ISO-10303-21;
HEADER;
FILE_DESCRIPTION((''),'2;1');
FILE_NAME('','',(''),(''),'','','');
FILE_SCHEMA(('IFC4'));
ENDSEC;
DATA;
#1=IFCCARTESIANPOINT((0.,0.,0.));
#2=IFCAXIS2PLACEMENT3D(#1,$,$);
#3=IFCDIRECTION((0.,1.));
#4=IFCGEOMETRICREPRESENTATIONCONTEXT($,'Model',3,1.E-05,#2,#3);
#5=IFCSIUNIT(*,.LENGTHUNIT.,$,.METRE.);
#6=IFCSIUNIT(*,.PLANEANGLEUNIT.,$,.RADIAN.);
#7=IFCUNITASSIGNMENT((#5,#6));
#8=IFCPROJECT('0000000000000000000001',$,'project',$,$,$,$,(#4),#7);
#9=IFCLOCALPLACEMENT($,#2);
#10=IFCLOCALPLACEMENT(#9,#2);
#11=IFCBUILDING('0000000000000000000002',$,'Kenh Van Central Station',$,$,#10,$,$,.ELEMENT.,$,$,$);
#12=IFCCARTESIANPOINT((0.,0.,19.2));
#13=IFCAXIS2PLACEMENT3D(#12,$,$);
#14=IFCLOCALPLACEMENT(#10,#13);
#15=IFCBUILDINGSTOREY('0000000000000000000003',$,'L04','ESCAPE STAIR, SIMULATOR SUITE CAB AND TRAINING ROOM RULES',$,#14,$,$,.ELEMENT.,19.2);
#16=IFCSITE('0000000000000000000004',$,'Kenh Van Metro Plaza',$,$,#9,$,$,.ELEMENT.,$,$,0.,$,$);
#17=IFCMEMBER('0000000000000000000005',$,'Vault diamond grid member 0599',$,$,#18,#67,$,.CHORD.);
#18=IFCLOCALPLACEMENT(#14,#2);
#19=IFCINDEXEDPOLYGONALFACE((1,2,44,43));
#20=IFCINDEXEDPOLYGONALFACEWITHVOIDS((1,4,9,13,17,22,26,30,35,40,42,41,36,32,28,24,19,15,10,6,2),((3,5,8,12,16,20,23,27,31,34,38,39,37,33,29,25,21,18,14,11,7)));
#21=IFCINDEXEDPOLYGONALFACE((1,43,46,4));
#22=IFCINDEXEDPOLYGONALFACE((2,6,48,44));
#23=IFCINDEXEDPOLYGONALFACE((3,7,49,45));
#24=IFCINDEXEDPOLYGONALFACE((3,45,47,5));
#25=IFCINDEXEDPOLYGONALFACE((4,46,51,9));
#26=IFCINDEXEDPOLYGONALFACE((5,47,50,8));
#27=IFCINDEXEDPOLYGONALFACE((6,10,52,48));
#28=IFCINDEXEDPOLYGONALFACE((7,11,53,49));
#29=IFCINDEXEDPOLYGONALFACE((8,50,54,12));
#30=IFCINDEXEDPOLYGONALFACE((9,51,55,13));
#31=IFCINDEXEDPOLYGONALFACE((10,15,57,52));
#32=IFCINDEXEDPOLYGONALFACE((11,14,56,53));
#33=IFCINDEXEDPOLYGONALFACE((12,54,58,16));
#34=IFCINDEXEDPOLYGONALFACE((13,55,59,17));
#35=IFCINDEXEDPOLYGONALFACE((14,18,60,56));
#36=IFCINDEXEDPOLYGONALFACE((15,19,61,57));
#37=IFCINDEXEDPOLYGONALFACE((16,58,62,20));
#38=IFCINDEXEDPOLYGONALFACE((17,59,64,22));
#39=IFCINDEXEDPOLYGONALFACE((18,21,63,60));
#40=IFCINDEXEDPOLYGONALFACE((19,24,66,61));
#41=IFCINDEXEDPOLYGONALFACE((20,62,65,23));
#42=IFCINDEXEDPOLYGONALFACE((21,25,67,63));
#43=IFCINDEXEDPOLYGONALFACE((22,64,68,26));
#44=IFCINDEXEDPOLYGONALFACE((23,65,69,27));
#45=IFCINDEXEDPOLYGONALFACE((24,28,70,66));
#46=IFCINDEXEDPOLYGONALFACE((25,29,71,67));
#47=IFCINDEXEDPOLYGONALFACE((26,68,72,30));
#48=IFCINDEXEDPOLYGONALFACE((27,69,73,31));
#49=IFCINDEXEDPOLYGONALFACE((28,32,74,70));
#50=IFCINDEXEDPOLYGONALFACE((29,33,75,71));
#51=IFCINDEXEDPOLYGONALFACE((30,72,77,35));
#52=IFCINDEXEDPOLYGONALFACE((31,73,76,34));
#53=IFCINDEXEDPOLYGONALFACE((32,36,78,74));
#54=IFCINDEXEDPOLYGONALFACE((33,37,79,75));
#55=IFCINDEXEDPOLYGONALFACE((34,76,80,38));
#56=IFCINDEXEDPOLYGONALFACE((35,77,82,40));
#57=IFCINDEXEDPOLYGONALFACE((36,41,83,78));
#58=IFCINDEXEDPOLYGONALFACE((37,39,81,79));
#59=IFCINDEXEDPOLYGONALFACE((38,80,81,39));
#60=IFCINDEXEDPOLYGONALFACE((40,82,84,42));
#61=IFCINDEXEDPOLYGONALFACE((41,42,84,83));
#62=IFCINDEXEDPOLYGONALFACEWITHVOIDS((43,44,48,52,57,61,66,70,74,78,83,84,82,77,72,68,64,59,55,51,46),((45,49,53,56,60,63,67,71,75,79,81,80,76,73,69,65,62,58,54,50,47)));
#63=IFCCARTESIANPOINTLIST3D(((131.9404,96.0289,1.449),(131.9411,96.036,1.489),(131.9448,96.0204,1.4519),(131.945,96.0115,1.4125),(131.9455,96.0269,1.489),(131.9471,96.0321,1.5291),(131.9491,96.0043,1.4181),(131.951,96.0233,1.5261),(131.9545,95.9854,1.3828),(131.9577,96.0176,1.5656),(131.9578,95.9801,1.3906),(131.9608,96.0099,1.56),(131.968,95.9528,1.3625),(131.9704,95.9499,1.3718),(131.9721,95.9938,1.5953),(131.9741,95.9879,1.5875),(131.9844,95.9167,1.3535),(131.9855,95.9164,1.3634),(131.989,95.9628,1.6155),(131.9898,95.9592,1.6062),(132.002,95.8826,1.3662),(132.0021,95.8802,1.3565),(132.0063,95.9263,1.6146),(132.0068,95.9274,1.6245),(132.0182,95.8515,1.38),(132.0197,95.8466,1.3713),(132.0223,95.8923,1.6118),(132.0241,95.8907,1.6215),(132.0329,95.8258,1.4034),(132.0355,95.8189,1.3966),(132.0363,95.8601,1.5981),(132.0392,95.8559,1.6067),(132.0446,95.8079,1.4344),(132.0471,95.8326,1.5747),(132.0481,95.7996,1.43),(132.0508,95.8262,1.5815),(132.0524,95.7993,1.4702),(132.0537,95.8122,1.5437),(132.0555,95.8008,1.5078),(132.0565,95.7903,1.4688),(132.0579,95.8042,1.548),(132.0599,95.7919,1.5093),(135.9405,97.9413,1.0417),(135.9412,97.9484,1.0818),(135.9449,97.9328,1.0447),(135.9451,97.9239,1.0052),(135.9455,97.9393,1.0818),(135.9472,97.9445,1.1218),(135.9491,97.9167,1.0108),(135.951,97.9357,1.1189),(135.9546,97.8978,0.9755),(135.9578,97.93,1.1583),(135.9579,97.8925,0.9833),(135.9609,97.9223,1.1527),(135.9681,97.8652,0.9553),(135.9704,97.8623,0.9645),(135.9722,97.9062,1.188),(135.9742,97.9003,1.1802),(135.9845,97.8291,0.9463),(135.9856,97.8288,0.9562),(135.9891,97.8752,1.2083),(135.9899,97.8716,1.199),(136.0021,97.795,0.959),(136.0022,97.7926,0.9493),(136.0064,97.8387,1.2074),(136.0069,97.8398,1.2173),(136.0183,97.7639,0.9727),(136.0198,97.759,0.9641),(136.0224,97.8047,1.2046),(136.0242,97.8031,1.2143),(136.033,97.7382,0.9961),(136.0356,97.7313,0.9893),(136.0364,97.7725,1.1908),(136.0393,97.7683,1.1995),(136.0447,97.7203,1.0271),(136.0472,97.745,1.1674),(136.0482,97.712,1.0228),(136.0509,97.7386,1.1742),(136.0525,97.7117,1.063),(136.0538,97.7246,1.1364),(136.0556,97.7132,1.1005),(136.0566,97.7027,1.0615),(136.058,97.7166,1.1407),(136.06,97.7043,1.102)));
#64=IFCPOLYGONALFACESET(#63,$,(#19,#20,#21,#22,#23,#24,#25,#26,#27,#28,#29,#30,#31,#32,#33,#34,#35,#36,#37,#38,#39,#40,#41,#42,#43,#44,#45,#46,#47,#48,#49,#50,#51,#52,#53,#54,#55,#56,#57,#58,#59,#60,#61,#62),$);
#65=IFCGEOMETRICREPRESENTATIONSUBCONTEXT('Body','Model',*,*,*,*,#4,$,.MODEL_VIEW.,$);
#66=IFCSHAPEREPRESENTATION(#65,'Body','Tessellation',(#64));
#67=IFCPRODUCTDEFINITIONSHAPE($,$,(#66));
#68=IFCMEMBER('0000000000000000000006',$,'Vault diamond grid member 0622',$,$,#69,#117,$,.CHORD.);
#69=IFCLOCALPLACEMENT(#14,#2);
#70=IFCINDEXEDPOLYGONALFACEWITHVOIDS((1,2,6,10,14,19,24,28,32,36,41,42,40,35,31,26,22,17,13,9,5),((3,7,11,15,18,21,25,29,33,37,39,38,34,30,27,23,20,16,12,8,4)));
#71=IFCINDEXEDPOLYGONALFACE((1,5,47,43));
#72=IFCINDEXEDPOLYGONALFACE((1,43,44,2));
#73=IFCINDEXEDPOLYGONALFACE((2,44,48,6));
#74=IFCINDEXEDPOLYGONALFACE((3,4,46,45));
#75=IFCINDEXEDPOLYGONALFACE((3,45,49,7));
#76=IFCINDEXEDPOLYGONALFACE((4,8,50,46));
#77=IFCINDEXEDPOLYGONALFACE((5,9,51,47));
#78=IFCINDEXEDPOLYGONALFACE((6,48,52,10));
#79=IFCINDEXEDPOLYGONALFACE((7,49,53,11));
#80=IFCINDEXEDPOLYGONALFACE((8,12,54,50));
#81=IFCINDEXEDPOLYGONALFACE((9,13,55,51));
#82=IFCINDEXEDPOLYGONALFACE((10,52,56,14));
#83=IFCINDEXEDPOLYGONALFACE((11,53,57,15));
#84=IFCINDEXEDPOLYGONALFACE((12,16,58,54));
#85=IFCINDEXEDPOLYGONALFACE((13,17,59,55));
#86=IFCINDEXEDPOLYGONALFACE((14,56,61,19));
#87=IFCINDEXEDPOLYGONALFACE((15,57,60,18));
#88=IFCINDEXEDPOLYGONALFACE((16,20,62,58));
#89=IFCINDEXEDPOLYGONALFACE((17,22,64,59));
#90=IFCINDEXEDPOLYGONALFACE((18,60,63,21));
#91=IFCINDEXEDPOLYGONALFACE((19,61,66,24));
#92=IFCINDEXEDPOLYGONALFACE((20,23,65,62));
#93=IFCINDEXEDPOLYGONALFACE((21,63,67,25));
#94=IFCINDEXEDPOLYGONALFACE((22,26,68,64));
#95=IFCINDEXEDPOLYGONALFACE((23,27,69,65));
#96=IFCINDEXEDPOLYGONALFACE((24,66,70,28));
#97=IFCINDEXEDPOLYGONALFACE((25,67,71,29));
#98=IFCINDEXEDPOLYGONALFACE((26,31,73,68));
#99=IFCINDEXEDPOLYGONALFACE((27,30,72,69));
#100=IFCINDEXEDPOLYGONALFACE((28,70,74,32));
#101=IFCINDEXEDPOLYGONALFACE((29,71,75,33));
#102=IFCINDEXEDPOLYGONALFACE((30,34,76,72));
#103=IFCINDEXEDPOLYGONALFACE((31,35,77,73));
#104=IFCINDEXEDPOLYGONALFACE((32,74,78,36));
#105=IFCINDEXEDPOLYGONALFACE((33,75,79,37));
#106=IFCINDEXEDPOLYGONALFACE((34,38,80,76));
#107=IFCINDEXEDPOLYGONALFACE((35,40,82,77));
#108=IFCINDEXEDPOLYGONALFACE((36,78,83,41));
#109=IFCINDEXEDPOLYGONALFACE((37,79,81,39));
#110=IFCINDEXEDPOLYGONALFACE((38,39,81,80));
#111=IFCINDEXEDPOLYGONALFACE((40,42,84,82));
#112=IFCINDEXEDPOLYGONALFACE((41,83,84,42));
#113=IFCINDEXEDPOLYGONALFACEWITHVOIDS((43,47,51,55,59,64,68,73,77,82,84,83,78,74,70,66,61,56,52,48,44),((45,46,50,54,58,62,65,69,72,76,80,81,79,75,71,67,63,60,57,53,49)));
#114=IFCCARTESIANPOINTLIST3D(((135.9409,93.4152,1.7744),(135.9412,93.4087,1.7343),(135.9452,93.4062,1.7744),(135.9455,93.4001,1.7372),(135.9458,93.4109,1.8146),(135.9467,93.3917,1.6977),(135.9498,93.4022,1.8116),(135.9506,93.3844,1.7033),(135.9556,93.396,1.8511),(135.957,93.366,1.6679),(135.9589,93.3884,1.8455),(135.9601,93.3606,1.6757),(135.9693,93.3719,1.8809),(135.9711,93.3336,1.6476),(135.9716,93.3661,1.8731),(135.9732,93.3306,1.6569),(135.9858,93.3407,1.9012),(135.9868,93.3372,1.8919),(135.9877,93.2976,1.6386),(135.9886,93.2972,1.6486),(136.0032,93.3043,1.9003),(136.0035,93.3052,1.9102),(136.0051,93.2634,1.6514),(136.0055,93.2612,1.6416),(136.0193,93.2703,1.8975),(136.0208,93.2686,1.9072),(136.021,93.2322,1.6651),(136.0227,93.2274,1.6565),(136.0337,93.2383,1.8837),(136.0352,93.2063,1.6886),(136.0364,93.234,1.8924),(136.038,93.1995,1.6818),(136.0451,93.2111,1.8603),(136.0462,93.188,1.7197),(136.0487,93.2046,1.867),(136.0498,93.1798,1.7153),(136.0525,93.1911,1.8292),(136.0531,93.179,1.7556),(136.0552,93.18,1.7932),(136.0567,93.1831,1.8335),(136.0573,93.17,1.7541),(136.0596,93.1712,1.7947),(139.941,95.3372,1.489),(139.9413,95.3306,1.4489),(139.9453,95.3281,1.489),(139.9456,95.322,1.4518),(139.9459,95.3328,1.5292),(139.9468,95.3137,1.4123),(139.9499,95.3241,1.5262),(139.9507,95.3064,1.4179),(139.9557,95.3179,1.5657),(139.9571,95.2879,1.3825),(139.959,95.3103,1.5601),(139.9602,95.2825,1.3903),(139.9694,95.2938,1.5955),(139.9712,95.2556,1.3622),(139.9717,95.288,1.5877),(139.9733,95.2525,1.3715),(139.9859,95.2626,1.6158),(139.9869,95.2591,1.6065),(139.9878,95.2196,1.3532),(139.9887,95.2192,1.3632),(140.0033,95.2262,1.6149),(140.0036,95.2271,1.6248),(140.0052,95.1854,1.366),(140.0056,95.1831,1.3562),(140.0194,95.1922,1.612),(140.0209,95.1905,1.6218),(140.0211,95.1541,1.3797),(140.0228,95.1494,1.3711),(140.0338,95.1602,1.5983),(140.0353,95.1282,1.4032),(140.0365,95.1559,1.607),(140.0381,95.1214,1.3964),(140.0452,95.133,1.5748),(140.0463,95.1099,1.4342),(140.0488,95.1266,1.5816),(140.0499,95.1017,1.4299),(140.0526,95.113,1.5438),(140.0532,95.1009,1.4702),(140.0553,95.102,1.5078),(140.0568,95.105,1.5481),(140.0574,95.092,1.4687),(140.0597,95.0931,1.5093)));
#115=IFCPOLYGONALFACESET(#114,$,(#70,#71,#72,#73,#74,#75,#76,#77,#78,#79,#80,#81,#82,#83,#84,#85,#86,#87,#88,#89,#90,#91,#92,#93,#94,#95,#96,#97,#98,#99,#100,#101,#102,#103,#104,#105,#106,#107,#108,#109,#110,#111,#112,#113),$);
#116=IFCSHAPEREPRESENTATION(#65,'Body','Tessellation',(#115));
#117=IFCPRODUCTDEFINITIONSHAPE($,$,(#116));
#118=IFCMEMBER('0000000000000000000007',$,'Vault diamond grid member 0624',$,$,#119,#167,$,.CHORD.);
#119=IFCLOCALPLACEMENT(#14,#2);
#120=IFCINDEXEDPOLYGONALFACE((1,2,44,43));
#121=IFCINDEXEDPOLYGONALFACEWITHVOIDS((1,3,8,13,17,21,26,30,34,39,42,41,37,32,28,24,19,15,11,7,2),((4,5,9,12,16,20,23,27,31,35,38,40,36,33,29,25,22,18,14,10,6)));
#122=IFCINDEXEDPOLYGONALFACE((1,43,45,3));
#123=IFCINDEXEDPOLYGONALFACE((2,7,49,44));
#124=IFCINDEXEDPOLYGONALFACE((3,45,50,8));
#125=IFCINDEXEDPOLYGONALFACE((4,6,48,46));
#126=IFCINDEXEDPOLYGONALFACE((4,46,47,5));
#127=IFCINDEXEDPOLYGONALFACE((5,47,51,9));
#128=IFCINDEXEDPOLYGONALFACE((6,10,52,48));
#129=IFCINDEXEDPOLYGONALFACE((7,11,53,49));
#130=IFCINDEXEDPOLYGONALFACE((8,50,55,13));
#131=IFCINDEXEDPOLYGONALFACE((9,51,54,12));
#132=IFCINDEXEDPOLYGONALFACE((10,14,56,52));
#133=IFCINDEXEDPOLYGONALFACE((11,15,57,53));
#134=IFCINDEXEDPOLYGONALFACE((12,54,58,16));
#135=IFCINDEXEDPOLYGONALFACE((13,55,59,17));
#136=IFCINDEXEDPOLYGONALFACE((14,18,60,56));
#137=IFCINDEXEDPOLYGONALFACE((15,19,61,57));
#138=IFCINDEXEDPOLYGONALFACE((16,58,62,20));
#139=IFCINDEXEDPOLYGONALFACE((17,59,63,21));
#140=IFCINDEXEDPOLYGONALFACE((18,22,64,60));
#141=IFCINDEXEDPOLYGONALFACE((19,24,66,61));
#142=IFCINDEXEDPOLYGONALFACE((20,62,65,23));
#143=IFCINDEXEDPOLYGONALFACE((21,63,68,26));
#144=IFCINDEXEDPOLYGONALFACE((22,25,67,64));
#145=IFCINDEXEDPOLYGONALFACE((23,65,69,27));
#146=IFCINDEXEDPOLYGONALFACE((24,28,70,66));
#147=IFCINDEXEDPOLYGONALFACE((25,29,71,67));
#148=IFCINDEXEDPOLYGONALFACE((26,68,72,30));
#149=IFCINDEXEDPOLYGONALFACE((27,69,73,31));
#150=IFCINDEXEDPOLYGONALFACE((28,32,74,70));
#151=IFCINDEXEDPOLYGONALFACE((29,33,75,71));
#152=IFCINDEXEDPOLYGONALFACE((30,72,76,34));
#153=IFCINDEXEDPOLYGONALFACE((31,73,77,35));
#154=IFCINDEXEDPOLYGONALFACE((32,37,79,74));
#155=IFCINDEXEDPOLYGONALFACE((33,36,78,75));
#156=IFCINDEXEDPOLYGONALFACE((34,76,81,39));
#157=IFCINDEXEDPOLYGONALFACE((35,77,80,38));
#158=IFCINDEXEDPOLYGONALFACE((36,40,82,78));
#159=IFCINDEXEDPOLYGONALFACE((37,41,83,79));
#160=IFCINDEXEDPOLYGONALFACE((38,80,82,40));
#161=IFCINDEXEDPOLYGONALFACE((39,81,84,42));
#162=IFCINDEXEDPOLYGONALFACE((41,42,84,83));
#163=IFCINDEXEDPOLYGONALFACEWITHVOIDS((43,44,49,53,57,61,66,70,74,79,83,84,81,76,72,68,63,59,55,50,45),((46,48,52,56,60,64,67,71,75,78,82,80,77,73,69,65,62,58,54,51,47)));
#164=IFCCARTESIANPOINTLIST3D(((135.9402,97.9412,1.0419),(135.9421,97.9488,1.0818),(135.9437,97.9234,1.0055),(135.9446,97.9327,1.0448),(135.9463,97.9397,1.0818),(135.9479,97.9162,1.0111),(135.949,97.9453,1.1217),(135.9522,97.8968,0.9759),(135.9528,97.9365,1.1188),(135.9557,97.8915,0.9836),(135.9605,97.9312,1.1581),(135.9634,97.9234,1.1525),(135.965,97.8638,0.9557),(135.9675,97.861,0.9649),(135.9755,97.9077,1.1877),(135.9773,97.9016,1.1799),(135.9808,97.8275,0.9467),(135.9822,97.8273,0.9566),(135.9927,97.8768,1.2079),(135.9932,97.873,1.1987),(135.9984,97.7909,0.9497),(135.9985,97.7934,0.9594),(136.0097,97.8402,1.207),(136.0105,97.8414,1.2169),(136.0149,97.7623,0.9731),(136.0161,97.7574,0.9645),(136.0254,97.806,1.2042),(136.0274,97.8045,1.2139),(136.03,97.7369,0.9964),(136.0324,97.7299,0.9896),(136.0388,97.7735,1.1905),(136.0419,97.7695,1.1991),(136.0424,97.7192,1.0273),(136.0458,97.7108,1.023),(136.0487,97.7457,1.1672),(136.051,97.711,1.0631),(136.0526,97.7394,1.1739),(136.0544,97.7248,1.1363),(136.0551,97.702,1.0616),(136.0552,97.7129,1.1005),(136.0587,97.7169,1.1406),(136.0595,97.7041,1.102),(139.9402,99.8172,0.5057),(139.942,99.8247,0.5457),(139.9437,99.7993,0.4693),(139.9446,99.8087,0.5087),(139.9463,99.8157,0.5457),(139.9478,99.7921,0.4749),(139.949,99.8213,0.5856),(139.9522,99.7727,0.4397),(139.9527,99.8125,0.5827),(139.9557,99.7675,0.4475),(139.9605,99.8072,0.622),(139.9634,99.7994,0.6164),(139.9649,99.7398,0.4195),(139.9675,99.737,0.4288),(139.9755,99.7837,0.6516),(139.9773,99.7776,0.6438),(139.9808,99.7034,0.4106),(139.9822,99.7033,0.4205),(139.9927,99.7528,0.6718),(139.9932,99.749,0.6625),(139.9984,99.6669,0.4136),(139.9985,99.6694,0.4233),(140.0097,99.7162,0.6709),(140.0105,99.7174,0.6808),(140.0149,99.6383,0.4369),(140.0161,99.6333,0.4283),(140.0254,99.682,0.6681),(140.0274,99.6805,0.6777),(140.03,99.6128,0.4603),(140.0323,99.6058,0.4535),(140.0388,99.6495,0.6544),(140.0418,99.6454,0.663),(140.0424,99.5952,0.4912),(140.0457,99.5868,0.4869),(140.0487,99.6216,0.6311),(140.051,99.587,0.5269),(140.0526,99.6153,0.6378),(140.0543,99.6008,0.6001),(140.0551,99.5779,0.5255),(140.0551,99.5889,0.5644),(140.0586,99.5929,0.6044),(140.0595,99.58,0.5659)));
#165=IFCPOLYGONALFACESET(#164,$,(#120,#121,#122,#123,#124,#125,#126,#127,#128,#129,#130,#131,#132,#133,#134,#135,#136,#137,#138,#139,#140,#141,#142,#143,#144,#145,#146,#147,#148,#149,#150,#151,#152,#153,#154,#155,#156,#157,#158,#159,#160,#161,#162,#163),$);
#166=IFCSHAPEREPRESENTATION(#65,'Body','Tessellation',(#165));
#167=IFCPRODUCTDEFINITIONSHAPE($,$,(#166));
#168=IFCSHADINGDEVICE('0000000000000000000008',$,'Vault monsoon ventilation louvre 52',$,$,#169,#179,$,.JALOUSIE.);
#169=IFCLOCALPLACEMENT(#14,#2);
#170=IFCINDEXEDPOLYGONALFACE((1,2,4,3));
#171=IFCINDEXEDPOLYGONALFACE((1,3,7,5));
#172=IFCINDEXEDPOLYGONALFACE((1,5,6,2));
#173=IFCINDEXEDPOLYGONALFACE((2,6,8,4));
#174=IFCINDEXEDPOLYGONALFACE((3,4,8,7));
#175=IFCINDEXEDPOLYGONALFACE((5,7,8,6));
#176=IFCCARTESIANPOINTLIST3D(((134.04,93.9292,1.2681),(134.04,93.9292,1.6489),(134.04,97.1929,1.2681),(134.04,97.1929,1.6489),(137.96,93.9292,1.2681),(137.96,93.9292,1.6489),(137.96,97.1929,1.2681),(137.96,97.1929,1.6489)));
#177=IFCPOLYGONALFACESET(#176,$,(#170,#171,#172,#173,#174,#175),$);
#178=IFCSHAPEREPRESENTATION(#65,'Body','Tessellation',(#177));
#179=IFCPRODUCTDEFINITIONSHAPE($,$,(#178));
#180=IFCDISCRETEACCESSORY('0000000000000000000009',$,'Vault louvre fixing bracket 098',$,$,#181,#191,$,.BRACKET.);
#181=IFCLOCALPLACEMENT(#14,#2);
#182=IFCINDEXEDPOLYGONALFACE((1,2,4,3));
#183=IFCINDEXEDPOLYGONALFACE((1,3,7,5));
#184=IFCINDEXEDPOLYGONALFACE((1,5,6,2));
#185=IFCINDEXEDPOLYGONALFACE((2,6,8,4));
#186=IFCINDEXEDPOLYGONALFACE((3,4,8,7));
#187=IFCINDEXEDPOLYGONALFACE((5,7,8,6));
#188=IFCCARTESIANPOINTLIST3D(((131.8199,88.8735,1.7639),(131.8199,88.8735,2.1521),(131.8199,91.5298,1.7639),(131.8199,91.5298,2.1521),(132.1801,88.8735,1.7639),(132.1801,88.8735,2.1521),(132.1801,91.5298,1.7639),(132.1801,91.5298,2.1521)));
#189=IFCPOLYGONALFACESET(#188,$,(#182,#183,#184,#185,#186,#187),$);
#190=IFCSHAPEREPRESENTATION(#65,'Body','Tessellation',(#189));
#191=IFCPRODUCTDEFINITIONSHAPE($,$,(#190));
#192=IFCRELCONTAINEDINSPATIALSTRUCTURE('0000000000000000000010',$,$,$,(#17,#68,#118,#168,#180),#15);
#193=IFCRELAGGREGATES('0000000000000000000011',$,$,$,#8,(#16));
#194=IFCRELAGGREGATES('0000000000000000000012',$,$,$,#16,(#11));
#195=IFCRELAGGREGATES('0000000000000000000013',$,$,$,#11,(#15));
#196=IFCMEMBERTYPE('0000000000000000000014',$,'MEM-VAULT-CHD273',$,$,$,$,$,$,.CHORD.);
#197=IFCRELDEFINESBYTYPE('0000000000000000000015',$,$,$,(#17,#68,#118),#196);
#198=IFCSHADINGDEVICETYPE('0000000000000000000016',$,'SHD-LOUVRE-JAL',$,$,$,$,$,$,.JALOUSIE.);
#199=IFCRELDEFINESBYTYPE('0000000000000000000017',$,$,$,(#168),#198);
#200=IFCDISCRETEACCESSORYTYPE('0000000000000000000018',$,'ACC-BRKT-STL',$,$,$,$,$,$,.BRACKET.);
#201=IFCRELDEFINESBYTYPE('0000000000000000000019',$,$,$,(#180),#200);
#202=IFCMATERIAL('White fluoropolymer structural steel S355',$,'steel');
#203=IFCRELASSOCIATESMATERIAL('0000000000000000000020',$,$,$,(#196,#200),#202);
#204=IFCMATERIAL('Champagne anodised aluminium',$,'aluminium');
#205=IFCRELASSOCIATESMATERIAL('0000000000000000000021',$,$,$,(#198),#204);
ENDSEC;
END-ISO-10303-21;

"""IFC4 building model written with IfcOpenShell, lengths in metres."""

from ifc_helpers import new_model, si_unit, direction, frame, origin, origin_2d, place, context, subcontext, project, spatial, rectangle, hollow_circle, extrude, material, material_profile, profile_set, type_object, element, save


model = new_model("IFC4")

# Units and contexts
model_context = context("Model", 3, precision=1e-05, world=origin(), true_north=direction((0.0, 1.0)))
body_context = subcontext(model_context, "Body", "Model", "MODEL_VIEW")
ifc_project = project(units=[si_unit("LENGTHUNIT", "METRE"), si_unit("PLANEANGLEUNIT", "RADIAN")], contexts=[model_context])

# Site, building, storey
site_placement = place(None, origin())
site = spatial("IfcSite", under=ifc_project, at=site_placement, Name="Kenh Van Metro Plaza", CompositionType="ELEMENT", RefElevation=0.0)
building_placement = place(site_placement, origin())
building = spatial("IfcBuilding", under=site, at=building_placement, Name="Kenh Van Central Station", CompositionType="ELEMENT")
storey_placement = place(building_placement, frame((0.0, 0.0, 19.2)))
storey = spatial("IfcBuildingStorey", under=building, at=storey_placement, Name="L04", Description="ESCAPE STAIR, SIMULATOR SUITE CAB AND TRAINING ROOM RULES", CompositionType="ELEMENT", Elevation=19.2)

# Shared definitions
ifc_material_1 = material(Name="White fluoropolymer structural steel S355", Category="steel")

# Members
ifc_material_profile_1 = material_profile(ifc_material_1, hollow_circle(Radius=0.1365, WallThickness=0.01, at=origin_2d()), Name="CHS 273x10")
ifc_profile_set_1 = profile_set([ifc_material_profile_1], Name="White fluoropolymer structural steel S355")
member_type_1 = type_object("IfcMemberType", Name="MEM-VAULT-CHD273", PredefinedType="CHORD", material=ifc_profile_set_1)
member_1_placement = place(storey_placement, frame((132.0, 95.9128, 1.489), z_axis=(0.898413, 0.429521, -0.091464), x_axis=(-0.431329, 0.902195, 0.0)))
element("IfcMember", 1, at=member_1_placement, inside=storey, type_object=member_type_1, Name="Vault diamond grid member 0599", PredefinedType="CHORD", context=body_context, shape_type="SweptSolid", body=[
    extrude(hollow_circle(Radius=0.1365, WallThickness=0.01, at=origin_2d()), origin(), (0.0, 0.0, 1.0), 4.4524),
])
member_2_placement = place(storey_placement, frame((136.0, 93.2922, 1.7744), z_axis=(0.8995, 0.432182, -0.064179), x_axis=(-0.433074, 0.901358, 0.0)))
element("IfcMember", 2, at=member_2_placement, inside=storey, type_object=member_type_1, Name="Vault diamond grid member 0622", PredefinedType="CHORD", context=body_context, shape_type="SweptSolid", body=[
    extrude(hollow_circle(Radius=0.1365, WallThickness=0.01, at=origin_2d()), origin(), (0.0, 0.0, 1.0), 4.447),
])
member_3_placement = place(storey_placement, frame((136.0, 97.8252, 1.0818), z_axis=(0.89878, 0.421523, -0.120466), x_axis=(-0.424615, 0.905374, 0.0)))
element("IfcMember", 3, at=member_3_placement, inside=storey, type_object=member_type_1, Name="Vault diamond grid member 0624", PredefinedType="CHORD", context=body_context, shape_type="SweptSolid", body=[
    extrude(hollow_circle(Radius=0.1365, WallThickness=0.01, at=origin_2d()), origin(), (0.0, 0.0, 1.0), 4.4504),
])

# Shading device
ifc_material_2 = material(Name="Champagne anodised aluminium", Category="aluminium")
shading_device_type = type_object("IfcShadingDeviceType", Name="SHD-LOUVRE-JAL", PredefinedType="JALOUSIE", material=ifc_material_2)
shading_device_placement = place(storey_placement, frame((136.0, 95.561, 1.2681), z_axis=(0.0, 0.0, 1.0), x_axis=(1.0, 0.0, 0.0)))
element("IfcShadingDevice", 4, at=shading_device_placement, inside=storey, type_object=shading_device_type, Name="Vault monsoon ventilation louvre 52", PredefinedType="JALOUSIE", context=body_context, shape_type="SweptSolid", body=[
    extrude(rectangle(XDim=3.9199, YDim=3.2637, at=origin_2d()), origin(), (0.0, 0.0, 1.0), 0.3809),
])

# Discrete accessory
discrete_accessory_type_1 = type_object("IfcDiscreteAccessoryType", Name="ACC-BRKT-STL", PredefinedType="BRACKET", material=ifc_material_1)
discrete_accessory_1_placement = place(storey_placement, frame((132.0, 90.2017, 1.7639), z_axis=(0.0, 0.0, 1.0), x_axis=(1.0, 0.0, 0.0)))
element("IfcDiscreteAccessory", 5, at=discrete_accessory_1_placement, inside=storey, type_object=discrete_accessory_type_1, Name="Vault louvre fixing bracket 098", PredefinedType="BRACKET", context=body_context, shape_type="SweptSolid", body=[
    extrude(rectangle(XDim=0.3601, YDim=2.6562, at=origin_2d()), origin(), (0.0, 0.0, 1.0), 0.3882),
])

save(model, "model.ifc")
